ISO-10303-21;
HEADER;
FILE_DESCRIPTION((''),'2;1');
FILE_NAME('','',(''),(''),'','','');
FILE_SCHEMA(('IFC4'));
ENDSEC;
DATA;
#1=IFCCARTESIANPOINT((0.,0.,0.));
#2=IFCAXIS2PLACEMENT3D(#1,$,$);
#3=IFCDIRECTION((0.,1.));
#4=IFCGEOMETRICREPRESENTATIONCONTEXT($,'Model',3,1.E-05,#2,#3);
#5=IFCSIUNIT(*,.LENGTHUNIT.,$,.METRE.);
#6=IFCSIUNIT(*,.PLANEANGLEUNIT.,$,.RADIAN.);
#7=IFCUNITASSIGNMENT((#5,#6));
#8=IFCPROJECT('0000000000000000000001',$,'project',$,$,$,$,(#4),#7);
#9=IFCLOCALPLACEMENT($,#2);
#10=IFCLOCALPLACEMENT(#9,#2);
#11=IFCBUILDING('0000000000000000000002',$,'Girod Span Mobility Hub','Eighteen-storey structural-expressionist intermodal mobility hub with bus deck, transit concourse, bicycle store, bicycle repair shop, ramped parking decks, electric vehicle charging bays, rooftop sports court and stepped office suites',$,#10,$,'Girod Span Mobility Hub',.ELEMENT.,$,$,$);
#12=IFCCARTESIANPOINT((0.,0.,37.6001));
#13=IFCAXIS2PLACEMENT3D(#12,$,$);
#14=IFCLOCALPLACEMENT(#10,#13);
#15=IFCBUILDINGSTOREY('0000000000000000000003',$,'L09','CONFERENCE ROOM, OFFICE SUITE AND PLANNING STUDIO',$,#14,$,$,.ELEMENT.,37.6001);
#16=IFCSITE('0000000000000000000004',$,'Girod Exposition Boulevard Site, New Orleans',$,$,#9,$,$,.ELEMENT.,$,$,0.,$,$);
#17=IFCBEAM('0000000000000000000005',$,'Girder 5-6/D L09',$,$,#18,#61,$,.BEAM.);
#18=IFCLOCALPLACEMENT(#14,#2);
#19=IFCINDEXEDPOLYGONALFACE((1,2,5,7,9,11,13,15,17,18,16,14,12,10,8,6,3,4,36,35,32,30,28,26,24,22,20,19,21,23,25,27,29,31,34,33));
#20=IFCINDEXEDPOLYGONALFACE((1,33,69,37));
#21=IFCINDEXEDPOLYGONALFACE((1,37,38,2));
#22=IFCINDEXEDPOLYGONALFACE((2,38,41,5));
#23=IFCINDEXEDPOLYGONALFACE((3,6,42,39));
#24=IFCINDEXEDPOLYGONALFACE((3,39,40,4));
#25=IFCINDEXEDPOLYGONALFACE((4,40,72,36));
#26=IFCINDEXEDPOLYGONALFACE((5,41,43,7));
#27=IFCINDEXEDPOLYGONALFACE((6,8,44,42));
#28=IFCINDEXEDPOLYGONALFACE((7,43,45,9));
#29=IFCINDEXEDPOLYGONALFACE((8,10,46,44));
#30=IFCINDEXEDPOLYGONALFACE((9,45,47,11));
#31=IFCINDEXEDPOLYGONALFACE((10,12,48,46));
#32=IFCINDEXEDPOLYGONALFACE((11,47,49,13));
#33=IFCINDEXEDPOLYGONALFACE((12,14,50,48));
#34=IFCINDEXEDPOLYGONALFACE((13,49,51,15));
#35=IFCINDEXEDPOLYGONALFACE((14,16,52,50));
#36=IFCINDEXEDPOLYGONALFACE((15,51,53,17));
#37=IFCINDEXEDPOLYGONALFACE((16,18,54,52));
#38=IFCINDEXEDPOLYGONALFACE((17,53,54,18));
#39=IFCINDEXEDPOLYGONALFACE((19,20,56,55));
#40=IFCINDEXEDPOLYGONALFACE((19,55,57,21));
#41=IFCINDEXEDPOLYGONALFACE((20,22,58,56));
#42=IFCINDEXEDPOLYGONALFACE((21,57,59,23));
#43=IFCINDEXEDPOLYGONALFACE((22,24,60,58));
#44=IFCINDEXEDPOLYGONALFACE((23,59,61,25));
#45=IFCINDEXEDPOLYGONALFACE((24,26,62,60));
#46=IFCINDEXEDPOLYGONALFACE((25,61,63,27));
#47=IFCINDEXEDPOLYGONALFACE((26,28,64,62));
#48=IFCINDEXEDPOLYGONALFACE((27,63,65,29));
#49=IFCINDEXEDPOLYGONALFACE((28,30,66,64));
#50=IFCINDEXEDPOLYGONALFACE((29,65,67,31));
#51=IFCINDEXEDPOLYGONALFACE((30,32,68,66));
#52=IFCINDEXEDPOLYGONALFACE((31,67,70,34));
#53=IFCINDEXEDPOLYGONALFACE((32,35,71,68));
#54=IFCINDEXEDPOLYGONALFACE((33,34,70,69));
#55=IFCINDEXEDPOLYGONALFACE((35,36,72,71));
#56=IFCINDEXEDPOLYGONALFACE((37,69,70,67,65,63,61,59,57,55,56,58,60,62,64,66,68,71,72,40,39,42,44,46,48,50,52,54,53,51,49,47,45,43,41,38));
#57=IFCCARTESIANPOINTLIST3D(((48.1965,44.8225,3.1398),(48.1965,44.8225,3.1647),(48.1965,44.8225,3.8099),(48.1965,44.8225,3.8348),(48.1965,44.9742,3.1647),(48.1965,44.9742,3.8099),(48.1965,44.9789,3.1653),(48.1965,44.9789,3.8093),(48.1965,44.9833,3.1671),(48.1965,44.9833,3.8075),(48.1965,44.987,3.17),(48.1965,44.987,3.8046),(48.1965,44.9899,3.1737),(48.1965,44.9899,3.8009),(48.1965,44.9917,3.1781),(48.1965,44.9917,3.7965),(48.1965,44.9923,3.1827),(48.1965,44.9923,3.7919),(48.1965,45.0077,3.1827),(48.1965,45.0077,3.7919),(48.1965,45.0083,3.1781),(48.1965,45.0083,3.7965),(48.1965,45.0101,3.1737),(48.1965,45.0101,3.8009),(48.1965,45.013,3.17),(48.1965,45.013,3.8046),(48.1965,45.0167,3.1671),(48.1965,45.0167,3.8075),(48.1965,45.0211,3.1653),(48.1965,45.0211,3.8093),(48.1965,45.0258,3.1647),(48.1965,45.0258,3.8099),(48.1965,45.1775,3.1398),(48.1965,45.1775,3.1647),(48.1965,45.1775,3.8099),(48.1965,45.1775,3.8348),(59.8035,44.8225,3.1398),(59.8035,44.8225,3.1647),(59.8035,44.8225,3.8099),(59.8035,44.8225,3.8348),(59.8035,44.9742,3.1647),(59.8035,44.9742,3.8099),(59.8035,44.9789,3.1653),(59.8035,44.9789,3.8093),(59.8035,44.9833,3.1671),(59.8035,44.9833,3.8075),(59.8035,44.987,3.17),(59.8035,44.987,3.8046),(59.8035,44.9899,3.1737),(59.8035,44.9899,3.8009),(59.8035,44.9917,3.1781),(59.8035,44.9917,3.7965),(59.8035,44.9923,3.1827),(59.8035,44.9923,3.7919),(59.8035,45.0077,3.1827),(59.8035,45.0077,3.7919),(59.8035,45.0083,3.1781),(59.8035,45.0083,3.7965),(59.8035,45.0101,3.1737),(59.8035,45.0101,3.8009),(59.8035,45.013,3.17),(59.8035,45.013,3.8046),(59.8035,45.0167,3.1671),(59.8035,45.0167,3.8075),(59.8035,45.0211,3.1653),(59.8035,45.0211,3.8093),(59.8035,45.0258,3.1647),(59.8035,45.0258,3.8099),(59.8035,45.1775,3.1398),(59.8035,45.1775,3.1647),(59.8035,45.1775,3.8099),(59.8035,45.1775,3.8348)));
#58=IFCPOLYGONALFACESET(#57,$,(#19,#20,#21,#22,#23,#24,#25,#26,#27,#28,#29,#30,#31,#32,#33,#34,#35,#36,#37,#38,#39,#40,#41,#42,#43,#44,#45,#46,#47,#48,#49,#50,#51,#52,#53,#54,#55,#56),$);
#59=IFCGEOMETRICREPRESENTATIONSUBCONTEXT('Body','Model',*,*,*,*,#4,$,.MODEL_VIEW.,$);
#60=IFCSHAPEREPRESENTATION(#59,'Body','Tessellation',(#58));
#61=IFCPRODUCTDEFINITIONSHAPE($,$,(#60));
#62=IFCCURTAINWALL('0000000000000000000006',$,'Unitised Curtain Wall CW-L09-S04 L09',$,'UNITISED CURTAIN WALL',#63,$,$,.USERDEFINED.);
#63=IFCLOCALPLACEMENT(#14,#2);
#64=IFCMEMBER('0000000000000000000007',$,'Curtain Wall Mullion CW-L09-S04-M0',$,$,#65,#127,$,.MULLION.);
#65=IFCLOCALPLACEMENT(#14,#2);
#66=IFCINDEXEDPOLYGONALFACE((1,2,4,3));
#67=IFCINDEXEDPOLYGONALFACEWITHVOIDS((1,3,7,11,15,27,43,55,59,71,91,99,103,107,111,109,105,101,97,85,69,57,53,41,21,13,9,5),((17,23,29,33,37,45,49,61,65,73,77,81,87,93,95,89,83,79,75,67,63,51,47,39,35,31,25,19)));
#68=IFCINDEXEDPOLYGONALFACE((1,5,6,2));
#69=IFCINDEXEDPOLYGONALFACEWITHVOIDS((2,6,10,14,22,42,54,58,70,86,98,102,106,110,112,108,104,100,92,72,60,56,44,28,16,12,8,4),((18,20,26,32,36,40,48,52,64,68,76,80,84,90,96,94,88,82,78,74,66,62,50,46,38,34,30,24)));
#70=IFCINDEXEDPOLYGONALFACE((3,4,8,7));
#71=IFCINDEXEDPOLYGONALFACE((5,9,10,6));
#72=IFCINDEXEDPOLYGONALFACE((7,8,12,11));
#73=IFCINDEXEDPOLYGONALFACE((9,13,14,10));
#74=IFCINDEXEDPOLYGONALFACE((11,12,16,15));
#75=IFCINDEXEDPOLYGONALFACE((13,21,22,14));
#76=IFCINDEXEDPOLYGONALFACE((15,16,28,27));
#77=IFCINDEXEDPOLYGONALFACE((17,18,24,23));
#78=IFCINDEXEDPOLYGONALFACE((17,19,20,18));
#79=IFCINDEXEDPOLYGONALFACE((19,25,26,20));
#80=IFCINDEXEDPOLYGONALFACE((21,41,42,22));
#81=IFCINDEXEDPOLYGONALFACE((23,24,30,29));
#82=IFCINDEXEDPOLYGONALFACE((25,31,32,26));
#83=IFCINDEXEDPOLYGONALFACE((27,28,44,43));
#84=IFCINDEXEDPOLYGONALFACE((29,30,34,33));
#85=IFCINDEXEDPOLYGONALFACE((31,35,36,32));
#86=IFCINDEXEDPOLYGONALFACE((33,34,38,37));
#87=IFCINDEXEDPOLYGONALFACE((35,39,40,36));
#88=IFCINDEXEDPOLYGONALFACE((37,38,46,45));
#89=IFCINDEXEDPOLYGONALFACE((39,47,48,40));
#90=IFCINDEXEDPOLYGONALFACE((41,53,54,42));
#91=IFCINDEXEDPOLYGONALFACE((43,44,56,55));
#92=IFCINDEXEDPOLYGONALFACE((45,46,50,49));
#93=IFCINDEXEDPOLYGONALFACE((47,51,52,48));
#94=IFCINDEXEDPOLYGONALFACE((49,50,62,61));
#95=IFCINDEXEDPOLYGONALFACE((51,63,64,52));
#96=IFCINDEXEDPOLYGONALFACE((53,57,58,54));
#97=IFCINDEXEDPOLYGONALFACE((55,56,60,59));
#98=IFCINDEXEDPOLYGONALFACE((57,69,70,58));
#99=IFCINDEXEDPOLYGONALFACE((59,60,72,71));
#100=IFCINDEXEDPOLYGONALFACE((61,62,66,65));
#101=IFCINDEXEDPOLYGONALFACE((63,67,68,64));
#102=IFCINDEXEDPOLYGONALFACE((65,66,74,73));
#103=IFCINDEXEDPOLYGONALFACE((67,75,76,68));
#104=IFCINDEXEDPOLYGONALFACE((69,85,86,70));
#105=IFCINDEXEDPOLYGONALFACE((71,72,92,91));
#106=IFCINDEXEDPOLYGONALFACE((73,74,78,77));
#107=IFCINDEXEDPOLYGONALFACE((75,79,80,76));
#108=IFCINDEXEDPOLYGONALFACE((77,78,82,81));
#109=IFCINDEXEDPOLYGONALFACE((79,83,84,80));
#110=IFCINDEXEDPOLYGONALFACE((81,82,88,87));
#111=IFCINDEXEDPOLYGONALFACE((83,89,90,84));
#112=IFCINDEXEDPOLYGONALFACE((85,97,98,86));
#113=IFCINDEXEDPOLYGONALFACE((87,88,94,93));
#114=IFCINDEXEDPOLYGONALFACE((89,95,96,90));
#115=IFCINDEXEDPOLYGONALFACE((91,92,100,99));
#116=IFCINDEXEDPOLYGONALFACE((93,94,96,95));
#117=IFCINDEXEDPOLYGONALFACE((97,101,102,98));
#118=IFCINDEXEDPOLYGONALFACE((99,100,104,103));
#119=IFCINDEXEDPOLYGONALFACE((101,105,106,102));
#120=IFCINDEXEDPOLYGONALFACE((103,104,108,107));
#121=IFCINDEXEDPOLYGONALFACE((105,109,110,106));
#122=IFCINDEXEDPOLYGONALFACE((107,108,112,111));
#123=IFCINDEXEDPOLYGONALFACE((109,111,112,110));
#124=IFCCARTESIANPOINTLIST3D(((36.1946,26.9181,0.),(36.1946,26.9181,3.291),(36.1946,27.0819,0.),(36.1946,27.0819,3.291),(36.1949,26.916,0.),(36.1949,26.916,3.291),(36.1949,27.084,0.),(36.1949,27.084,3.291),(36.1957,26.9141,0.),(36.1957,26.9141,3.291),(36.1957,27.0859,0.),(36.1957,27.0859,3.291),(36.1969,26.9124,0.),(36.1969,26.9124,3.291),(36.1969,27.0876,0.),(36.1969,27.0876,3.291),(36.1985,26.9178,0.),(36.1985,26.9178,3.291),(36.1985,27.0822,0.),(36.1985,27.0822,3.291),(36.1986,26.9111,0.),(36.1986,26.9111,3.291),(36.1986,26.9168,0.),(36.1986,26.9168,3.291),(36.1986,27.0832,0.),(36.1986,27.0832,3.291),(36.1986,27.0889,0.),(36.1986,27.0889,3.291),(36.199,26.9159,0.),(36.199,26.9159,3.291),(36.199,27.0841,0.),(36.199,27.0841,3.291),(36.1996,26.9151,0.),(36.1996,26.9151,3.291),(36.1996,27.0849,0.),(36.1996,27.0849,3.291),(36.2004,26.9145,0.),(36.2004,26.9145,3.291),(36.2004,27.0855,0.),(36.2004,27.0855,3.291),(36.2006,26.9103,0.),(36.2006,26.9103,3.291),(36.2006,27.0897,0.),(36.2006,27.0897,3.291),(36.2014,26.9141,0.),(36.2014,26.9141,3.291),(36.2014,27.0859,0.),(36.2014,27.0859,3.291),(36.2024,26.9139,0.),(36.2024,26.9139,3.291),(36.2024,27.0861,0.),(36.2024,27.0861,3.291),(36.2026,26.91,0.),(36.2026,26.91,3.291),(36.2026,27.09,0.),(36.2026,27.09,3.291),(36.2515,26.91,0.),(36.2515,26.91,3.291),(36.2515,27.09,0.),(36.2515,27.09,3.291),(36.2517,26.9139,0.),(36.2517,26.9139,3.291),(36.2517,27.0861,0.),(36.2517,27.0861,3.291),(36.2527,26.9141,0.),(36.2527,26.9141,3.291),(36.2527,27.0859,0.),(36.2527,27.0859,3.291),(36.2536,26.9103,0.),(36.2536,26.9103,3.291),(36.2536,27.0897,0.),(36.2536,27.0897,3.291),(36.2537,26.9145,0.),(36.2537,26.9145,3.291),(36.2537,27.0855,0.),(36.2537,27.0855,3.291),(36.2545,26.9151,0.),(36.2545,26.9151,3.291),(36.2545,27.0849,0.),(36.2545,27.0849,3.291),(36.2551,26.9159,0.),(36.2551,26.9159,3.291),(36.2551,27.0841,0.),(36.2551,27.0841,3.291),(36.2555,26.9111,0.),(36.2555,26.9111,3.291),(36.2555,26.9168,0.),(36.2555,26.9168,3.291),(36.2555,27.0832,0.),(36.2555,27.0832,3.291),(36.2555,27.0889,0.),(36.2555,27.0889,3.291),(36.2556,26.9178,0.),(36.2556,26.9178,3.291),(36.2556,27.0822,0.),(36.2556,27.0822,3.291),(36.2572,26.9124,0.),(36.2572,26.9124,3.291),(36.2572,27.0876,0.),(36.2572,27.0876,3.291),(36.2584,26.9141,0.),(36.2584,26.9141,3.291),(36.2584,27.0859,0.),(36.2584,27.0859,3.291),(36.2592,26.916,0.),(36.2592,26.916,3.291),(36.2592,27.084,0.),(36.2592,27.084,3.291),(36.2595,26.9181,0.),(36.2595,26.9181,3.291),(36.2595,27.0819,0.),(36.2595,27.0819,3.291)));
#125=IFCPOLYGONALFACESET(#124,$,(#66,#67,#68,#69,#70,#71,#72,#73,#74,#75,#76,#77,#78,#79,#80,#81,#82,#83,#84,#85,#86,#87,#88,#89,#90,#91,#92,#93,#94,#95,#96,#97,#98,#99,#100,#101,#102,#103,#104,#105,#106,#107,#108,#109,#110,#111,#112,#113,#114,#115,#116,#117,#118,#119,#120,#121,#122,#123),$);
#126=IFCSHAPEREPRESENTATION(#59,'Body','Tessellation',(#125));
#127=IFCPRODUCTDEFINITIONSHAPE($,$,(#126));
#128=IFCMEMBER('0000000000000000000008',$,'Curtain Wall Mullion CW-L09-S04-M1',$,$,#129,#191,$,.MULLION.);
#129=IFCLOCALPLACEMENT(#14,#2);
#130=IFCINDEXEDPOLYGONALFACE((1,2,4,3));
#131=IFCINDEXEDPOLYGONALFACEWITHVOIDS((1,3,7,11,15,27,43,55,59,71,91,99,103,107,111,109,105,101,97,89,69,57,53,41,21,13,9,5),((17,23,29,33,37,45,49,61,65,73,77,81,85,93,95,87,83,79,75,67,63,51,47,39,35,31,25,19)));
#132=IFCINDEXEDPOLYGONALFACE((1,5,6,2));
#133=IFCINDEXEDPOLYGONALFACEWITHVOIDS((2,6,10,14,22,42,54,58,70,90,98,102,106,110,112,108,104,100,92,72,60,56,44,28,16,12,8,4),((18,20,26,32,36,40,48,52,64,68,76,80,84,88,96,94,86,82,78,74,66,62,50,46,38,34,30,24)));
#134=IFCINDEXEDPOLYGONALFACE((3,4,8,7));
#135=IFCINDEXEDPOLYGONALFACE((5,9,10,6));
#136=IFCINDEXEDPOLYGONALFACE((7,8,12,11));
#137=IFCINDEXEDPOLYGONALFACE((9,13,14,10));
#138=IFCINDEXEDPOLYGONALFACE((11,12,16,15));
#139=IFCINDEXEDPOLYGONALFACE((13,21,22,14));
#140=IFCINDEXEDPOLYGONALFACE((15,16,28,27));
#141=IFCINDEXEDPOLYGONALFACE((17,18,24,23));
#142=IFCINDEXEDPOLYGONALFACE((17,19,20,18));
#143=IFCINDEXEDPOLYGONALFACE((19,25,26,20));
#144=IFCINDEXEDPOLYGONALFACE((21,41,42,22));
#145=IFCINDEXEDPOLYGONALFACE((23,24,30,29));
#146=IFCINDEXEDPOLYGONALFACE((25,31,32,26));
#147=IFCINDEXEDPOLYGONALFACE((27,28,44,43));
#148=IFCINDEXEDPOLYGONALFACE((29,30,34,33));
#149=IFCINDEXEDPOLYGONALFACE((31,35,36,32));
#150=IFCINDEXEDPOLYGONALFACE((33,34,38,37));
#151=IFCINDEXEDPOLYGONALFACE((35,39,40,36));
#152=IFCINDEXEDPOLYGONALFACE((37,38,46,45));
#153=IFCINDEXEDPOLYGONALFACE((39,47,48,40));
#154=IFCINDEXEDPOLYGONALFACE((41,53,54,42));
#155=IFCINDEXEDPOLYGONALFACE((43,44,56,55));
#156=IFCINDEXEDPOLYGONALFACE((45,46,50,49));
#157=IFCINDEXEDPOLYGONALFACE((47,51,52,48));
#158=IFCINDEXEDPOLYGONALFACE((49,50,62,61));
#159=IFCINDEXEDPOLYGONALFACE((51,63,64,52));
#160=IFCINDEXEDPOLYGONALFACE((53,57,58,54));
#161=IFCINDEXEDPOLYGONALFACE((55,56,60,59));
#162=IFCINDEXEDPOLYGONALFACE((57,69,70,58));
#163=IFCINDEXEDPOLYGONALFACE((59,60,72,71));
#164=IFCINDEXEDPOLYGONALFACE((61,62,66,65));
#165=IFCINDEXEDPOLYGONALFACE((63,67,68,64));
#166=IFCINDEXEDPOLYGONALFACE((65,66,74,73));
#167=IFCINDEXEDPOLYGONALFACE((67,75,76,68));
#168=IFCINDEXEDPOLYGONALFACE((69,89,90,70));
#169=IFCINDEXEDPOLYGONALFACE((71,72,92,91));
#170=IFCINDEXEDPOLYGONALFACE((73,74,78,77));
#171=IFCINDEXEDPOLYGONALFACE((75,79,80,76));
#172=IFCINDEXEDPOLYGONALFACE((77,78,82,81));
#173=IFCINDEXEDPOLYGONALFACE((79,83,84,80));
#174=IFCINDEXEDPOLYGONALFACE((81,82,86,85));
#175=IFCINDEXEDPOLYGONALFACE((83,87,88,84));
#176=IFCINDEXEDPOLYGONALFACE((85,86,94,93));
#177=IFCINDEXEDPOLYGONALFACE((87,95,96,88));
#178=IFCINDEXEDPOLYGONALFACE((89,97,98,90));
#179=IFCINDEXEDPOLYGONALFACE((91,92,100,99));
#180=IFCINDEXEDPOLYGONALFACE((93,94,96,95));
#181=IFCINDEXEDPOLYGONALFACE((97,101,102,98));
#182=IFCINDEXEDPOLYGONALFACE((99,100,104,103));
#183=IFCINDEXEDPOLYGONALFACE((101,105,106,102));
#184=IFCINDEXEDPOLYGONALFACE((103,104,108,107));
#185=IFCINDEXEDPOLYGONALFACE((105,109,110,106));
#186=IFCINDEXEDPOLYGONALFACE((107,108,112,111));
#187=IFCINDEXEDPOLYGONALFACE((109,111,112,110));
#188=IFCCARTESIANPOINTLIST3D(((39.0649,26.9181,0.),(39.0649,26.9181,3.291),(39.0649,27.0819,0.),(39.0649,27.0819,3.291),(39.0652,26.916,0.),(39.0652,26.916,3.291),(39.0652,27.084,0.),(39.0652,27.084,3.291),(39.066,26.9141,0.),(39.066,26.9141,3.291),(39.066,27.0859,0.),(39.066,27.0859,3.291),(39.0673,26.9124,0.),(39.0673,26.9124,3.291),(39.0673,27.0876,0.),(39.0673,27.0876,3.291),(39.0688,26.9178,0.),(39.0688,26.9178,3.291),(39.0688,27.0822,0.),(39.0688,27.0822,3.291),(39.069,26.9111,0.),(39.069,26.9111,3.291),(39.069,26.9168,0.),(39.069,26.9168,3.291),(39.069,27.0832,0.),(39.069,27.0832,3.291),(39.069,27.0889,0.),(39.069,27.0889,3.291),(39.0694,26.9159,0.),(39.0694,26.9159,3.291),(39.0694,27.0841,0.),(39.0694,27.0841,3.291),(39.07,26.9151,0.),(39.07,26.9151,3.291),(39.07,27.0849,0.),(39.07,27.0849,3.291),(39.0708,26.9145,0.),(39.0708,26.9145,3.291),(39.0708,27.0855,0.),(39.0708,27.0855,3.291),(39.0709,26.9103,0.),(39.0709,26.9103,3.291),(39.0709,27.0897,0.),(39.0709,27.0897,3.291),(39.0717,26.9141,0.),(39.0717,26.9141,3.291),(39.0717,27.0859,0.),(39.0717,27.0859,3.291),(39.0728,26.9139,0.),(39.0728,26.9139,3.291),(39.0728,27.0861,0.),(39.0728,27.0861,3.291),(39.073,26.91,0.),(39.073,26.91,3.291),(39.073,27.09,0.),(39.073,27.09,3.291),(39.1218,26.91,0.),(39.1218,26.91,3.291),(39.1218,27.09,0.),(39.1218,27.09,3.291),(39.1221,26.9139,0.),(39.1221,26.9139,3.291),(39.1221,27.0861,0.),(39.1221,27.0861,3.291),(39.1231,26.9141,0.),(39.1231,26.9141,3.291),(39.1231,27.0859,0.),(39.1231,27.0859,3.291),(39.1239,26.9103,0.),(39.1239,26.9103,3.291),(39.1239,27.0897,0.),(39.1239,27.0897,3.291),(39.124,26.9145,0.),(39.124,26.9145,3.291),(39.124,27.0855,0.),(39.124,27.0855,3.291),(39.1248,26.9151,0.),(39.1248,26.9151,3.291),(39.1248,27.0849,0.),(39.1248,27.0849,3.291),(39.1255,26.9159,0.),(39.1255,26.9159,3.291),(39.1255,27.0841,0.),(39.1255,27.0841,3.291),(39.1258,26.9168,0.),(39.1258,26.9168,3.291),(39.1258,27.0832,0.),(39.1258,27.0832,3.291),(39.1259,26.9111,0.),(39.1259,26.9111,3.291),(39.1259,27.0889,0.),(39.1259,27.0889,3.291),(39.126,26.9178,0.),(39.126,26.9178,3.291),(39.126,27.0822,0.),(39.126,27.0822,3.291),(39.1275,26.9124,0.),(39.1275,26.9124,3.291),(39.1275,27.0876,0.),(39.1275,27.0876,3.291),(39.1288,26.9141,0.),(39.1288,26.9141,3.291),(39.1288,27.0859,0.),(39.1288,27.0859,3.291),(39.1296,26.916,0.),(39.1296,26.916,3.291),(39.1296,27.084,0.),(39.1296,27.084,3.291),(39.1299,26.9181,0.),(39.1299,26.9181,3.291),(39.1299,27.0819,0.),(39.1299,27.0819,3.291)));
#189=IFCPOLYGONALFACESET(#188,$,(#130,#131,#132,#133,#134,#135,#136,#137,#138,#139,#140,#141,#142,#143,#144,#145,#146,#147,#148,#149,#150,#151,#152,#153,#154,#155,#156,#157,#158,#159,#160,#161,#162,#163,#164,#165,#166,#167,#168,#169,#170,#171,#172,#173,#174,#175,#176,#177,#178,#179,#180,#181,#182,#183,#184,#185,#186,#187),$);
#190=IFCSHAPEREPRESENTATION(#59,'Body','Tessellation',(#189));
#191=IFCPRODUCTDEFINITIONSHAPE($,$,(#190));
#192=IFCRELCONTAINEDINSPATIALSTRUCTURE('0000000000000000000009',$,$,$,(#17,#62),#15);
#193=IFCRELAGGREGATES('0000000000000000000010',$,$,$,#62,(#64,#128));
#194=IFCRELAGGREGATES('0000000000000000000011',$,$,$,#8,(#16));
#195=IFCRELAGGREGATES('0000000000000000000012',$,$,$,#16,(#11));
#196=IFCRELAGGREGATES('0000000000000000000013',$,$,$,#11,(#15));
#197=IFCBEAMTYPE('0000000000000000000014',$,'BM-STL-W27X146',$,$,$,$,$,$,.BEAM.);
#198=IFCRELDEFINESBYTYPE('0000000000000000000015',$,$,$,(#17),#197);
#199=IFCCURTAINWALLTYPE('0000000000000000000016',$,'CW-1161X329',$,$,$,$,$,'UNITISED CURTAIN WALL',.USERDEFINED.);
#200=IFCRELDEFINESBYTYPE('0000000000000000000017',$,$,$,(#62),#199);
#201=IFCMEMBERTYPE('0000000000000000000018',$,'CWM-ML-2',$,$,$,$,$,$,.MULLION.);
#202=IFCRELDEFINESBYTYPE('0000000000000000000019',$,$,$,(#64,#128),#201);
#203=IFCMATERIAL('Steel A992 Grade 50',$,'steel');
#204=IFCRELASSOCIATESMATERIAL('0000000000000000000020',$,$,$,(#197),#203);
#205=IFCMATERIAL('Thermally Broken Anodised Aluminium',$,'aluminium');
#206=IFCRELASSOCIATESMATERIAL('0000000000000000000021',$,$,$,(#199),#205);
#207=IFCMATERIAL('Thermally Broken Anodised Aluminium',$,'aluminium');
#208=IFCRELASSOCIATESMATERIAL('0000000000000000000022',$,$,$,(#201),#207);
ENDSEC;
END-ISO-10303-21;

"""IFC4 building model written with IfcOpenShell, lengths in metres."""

from ifc_helpers import new_model, si_unit, direction, frame, origin, origin_2d, place, context, subcontext, project, spatial, hollow_rectangle, i_section, extrude, material, material_profile, profile_set, type_object, element, aggregate, save


model = new_model("IFC4")

# Units and contexts
model_context = context("Model", 3, precision=1e-05, world=origin(), true_north=direction((0.0, 1.0)))
body_context = subcontext(model_context, "Body", "Model", "MODEL_VIEW")
ifc_project = project(units=[si_unit("LENGTHUNIT", "METRE"), si_unit("PLANEANGLEUNIT", "RADIAN")], contexts=[model_context])

# Site, building, storey
site_placement = place(None, origin())
site = spatial("IfcSite", under=ifc_project, at=site_placement, Name="Girod Exposition Boulevard Site, New Orleans", CompositionType="ELEMENT", RefElevation=0.0)
building_placement = place(site_placement, origin())
building = spatial("IfcBuilding", under=site, at=building_placement, Name="Girod Span Mobility Hub", Description="Eighteen-storey structural-expressionist intermodal mobility hub with bus deck, transit concourse, bicycle store, bicycle repair shop, ramped parking decks, electric vehicle charging bays, rooftop sports court and stepped office suites", LongName="Girod Span Mobility Hub", CompositionType="ELEMENT")
storey_placement = place(building_placement, frame((0.0, 0.0, 37.6001)))
storey = spatial("IfcBuildingStorey", under=building, at=storey_placement, Name="L09", Description="CONFERENCE ROOM, OFFICE SUITE AND PLANNING STUDIO", CompositionType="ELEMENT", Elevation=37.6001)

# Beam
ifc_material_1 = material(Name="Steel A992 Grade 50", Category="steel")
ifc_material_profile_1 = material_profile(ifc_material_1, i_section(OverallWidth=0.355, OverallDepth=0.6951, WebThickness=0.0154, FlangeThickness=0.0249, FilletRadius=0.0181, at=origin_2d()), Name="W27X146")
ifc_profile_set_1 = profile_set([ifc_material_profile_1], Name="Steel A992 Grade 50")
beam_type_1 = type_object("IfcBeamType", Name="BM-STL-W27X146", PredefinedType="BEAM", material=ifc_profile_set_1)
beam_1_placement = place(storey_placement, frame((48.1965, 45.0, 3.4873), z_axis=(1.0, 0.0, 0.0), x_axis=(0.0, 1.0, 0.0)))
element("IfcBeam", 1, at=beam_1_placement, inside=storey, type_object=beam_type_1, Name="Girder 5-6/D L09", PredefinedType="BEAM", context=body_context, shape_type="SweptSolid", body=[
    extrude(i_section(OverallWidth=0.355, OverallDepth=0.6951, WebThickness=0.0154, FlangeThickness=0.0249, FilletRadius=0.0181, at=origin_2d()), origin(), (0.0, 0.0, 1.0), 11.6069),
])

# Curtain wall, members
ifc_material_2 = material(Name="Thermally Broken Anodised Aluminium", Category="aluminium")
curtain_wall_type = type_object("IfcCurtainWallType", Name="CW-1161X329", ElementType="UNITISED CURTAIN WALL", PredefinedType="USERDEFINED", material=ifc_material_2)
curtain_wall_1_placement = place(storey_placement, origin())
curtain_wall_1 = element("IfcCurtainWall", 2, at=curtain_wall_1_placement, inside=storey, type_object=curtain_wall_type, Name="Unitised Curtain Wall CW-L09-S04 L09", ObjectType="UNITISED CURTAIN WALL", PredefinedType="USERDEFINED")
ifc_material_3 = material(Name="Thermally Broken Anodised Aluminium", Category="aluminium")
ifc_material_profile_2 = material_profile(ifc_material_3, hollow_rectangle(XDim=0.1799, YDim=0.0649, WallThickness=0.0039, InnerFilletRadius=0.0039, OuterFilletRadius=0.0081, at=origin_2d()), Name="CW-ML-65X180")
ifc_profile_set_2 = profile_set([ifc_material_profile_2], Name="Thermally Broken Anodised Aluminium")
member_type_1 = type_object("IfcMemberType", Name="CWM-ML-2", PredefinedType="MULLION", material=ifc_profile_set_2)
member_1_placement = place(storey_placement, frame((36.2271, 27.0, 0.0), z_axis=(0.0, 0.0, 1.0), x_axis=(0.0, 1.0, 0.0)))
member_1 = element("IfcMember", 3, at=member_1_placement, type_object=member_type_1, Name="Curtain Wall Mullion CW-L09-S04-M0", PredefinedType="MULLION", context=body_context, shape_type="SweptSolid", body=[
    extrude(hollow_rectangle(XDim=0.1799, YDim=0.0649, WallThickness=0.0039, InnerFilletRadius=0.0039, OuterFilletRadius=0.0081, at=origin_2d()), origin(), (0.0, 0.0, 1.0), 3.291),
])
member_2_placement = place(storey_placement, frame((39.0974, 27.0, 0.0), z_axis=(0.0, 0.0, 1.0), x_axis=(0.0, 1.0, 0.0)))
member_2 = element("IfcMember", 4, at=member_2_placement, type_object=member_type_1, Name="Curtain Wall Mullion CW-L09-S04-M1", PredefinedType="MULLION", context=body_context, shape_type="SweptSolid", body=[
    extrude(hollow_rectangle(XDim=0.1799, YDim=0.0649, WallThickness=0.0039, InnerFilletRadius=0.0039, OuterFilletRadius=0.0081, at=origin_2d()), origin(), (0.0, 0.0, 1.0), 3.291),
])

aggregate(curtain_wall_1, [member_1, member_2])

save(model, "model.ifc")
